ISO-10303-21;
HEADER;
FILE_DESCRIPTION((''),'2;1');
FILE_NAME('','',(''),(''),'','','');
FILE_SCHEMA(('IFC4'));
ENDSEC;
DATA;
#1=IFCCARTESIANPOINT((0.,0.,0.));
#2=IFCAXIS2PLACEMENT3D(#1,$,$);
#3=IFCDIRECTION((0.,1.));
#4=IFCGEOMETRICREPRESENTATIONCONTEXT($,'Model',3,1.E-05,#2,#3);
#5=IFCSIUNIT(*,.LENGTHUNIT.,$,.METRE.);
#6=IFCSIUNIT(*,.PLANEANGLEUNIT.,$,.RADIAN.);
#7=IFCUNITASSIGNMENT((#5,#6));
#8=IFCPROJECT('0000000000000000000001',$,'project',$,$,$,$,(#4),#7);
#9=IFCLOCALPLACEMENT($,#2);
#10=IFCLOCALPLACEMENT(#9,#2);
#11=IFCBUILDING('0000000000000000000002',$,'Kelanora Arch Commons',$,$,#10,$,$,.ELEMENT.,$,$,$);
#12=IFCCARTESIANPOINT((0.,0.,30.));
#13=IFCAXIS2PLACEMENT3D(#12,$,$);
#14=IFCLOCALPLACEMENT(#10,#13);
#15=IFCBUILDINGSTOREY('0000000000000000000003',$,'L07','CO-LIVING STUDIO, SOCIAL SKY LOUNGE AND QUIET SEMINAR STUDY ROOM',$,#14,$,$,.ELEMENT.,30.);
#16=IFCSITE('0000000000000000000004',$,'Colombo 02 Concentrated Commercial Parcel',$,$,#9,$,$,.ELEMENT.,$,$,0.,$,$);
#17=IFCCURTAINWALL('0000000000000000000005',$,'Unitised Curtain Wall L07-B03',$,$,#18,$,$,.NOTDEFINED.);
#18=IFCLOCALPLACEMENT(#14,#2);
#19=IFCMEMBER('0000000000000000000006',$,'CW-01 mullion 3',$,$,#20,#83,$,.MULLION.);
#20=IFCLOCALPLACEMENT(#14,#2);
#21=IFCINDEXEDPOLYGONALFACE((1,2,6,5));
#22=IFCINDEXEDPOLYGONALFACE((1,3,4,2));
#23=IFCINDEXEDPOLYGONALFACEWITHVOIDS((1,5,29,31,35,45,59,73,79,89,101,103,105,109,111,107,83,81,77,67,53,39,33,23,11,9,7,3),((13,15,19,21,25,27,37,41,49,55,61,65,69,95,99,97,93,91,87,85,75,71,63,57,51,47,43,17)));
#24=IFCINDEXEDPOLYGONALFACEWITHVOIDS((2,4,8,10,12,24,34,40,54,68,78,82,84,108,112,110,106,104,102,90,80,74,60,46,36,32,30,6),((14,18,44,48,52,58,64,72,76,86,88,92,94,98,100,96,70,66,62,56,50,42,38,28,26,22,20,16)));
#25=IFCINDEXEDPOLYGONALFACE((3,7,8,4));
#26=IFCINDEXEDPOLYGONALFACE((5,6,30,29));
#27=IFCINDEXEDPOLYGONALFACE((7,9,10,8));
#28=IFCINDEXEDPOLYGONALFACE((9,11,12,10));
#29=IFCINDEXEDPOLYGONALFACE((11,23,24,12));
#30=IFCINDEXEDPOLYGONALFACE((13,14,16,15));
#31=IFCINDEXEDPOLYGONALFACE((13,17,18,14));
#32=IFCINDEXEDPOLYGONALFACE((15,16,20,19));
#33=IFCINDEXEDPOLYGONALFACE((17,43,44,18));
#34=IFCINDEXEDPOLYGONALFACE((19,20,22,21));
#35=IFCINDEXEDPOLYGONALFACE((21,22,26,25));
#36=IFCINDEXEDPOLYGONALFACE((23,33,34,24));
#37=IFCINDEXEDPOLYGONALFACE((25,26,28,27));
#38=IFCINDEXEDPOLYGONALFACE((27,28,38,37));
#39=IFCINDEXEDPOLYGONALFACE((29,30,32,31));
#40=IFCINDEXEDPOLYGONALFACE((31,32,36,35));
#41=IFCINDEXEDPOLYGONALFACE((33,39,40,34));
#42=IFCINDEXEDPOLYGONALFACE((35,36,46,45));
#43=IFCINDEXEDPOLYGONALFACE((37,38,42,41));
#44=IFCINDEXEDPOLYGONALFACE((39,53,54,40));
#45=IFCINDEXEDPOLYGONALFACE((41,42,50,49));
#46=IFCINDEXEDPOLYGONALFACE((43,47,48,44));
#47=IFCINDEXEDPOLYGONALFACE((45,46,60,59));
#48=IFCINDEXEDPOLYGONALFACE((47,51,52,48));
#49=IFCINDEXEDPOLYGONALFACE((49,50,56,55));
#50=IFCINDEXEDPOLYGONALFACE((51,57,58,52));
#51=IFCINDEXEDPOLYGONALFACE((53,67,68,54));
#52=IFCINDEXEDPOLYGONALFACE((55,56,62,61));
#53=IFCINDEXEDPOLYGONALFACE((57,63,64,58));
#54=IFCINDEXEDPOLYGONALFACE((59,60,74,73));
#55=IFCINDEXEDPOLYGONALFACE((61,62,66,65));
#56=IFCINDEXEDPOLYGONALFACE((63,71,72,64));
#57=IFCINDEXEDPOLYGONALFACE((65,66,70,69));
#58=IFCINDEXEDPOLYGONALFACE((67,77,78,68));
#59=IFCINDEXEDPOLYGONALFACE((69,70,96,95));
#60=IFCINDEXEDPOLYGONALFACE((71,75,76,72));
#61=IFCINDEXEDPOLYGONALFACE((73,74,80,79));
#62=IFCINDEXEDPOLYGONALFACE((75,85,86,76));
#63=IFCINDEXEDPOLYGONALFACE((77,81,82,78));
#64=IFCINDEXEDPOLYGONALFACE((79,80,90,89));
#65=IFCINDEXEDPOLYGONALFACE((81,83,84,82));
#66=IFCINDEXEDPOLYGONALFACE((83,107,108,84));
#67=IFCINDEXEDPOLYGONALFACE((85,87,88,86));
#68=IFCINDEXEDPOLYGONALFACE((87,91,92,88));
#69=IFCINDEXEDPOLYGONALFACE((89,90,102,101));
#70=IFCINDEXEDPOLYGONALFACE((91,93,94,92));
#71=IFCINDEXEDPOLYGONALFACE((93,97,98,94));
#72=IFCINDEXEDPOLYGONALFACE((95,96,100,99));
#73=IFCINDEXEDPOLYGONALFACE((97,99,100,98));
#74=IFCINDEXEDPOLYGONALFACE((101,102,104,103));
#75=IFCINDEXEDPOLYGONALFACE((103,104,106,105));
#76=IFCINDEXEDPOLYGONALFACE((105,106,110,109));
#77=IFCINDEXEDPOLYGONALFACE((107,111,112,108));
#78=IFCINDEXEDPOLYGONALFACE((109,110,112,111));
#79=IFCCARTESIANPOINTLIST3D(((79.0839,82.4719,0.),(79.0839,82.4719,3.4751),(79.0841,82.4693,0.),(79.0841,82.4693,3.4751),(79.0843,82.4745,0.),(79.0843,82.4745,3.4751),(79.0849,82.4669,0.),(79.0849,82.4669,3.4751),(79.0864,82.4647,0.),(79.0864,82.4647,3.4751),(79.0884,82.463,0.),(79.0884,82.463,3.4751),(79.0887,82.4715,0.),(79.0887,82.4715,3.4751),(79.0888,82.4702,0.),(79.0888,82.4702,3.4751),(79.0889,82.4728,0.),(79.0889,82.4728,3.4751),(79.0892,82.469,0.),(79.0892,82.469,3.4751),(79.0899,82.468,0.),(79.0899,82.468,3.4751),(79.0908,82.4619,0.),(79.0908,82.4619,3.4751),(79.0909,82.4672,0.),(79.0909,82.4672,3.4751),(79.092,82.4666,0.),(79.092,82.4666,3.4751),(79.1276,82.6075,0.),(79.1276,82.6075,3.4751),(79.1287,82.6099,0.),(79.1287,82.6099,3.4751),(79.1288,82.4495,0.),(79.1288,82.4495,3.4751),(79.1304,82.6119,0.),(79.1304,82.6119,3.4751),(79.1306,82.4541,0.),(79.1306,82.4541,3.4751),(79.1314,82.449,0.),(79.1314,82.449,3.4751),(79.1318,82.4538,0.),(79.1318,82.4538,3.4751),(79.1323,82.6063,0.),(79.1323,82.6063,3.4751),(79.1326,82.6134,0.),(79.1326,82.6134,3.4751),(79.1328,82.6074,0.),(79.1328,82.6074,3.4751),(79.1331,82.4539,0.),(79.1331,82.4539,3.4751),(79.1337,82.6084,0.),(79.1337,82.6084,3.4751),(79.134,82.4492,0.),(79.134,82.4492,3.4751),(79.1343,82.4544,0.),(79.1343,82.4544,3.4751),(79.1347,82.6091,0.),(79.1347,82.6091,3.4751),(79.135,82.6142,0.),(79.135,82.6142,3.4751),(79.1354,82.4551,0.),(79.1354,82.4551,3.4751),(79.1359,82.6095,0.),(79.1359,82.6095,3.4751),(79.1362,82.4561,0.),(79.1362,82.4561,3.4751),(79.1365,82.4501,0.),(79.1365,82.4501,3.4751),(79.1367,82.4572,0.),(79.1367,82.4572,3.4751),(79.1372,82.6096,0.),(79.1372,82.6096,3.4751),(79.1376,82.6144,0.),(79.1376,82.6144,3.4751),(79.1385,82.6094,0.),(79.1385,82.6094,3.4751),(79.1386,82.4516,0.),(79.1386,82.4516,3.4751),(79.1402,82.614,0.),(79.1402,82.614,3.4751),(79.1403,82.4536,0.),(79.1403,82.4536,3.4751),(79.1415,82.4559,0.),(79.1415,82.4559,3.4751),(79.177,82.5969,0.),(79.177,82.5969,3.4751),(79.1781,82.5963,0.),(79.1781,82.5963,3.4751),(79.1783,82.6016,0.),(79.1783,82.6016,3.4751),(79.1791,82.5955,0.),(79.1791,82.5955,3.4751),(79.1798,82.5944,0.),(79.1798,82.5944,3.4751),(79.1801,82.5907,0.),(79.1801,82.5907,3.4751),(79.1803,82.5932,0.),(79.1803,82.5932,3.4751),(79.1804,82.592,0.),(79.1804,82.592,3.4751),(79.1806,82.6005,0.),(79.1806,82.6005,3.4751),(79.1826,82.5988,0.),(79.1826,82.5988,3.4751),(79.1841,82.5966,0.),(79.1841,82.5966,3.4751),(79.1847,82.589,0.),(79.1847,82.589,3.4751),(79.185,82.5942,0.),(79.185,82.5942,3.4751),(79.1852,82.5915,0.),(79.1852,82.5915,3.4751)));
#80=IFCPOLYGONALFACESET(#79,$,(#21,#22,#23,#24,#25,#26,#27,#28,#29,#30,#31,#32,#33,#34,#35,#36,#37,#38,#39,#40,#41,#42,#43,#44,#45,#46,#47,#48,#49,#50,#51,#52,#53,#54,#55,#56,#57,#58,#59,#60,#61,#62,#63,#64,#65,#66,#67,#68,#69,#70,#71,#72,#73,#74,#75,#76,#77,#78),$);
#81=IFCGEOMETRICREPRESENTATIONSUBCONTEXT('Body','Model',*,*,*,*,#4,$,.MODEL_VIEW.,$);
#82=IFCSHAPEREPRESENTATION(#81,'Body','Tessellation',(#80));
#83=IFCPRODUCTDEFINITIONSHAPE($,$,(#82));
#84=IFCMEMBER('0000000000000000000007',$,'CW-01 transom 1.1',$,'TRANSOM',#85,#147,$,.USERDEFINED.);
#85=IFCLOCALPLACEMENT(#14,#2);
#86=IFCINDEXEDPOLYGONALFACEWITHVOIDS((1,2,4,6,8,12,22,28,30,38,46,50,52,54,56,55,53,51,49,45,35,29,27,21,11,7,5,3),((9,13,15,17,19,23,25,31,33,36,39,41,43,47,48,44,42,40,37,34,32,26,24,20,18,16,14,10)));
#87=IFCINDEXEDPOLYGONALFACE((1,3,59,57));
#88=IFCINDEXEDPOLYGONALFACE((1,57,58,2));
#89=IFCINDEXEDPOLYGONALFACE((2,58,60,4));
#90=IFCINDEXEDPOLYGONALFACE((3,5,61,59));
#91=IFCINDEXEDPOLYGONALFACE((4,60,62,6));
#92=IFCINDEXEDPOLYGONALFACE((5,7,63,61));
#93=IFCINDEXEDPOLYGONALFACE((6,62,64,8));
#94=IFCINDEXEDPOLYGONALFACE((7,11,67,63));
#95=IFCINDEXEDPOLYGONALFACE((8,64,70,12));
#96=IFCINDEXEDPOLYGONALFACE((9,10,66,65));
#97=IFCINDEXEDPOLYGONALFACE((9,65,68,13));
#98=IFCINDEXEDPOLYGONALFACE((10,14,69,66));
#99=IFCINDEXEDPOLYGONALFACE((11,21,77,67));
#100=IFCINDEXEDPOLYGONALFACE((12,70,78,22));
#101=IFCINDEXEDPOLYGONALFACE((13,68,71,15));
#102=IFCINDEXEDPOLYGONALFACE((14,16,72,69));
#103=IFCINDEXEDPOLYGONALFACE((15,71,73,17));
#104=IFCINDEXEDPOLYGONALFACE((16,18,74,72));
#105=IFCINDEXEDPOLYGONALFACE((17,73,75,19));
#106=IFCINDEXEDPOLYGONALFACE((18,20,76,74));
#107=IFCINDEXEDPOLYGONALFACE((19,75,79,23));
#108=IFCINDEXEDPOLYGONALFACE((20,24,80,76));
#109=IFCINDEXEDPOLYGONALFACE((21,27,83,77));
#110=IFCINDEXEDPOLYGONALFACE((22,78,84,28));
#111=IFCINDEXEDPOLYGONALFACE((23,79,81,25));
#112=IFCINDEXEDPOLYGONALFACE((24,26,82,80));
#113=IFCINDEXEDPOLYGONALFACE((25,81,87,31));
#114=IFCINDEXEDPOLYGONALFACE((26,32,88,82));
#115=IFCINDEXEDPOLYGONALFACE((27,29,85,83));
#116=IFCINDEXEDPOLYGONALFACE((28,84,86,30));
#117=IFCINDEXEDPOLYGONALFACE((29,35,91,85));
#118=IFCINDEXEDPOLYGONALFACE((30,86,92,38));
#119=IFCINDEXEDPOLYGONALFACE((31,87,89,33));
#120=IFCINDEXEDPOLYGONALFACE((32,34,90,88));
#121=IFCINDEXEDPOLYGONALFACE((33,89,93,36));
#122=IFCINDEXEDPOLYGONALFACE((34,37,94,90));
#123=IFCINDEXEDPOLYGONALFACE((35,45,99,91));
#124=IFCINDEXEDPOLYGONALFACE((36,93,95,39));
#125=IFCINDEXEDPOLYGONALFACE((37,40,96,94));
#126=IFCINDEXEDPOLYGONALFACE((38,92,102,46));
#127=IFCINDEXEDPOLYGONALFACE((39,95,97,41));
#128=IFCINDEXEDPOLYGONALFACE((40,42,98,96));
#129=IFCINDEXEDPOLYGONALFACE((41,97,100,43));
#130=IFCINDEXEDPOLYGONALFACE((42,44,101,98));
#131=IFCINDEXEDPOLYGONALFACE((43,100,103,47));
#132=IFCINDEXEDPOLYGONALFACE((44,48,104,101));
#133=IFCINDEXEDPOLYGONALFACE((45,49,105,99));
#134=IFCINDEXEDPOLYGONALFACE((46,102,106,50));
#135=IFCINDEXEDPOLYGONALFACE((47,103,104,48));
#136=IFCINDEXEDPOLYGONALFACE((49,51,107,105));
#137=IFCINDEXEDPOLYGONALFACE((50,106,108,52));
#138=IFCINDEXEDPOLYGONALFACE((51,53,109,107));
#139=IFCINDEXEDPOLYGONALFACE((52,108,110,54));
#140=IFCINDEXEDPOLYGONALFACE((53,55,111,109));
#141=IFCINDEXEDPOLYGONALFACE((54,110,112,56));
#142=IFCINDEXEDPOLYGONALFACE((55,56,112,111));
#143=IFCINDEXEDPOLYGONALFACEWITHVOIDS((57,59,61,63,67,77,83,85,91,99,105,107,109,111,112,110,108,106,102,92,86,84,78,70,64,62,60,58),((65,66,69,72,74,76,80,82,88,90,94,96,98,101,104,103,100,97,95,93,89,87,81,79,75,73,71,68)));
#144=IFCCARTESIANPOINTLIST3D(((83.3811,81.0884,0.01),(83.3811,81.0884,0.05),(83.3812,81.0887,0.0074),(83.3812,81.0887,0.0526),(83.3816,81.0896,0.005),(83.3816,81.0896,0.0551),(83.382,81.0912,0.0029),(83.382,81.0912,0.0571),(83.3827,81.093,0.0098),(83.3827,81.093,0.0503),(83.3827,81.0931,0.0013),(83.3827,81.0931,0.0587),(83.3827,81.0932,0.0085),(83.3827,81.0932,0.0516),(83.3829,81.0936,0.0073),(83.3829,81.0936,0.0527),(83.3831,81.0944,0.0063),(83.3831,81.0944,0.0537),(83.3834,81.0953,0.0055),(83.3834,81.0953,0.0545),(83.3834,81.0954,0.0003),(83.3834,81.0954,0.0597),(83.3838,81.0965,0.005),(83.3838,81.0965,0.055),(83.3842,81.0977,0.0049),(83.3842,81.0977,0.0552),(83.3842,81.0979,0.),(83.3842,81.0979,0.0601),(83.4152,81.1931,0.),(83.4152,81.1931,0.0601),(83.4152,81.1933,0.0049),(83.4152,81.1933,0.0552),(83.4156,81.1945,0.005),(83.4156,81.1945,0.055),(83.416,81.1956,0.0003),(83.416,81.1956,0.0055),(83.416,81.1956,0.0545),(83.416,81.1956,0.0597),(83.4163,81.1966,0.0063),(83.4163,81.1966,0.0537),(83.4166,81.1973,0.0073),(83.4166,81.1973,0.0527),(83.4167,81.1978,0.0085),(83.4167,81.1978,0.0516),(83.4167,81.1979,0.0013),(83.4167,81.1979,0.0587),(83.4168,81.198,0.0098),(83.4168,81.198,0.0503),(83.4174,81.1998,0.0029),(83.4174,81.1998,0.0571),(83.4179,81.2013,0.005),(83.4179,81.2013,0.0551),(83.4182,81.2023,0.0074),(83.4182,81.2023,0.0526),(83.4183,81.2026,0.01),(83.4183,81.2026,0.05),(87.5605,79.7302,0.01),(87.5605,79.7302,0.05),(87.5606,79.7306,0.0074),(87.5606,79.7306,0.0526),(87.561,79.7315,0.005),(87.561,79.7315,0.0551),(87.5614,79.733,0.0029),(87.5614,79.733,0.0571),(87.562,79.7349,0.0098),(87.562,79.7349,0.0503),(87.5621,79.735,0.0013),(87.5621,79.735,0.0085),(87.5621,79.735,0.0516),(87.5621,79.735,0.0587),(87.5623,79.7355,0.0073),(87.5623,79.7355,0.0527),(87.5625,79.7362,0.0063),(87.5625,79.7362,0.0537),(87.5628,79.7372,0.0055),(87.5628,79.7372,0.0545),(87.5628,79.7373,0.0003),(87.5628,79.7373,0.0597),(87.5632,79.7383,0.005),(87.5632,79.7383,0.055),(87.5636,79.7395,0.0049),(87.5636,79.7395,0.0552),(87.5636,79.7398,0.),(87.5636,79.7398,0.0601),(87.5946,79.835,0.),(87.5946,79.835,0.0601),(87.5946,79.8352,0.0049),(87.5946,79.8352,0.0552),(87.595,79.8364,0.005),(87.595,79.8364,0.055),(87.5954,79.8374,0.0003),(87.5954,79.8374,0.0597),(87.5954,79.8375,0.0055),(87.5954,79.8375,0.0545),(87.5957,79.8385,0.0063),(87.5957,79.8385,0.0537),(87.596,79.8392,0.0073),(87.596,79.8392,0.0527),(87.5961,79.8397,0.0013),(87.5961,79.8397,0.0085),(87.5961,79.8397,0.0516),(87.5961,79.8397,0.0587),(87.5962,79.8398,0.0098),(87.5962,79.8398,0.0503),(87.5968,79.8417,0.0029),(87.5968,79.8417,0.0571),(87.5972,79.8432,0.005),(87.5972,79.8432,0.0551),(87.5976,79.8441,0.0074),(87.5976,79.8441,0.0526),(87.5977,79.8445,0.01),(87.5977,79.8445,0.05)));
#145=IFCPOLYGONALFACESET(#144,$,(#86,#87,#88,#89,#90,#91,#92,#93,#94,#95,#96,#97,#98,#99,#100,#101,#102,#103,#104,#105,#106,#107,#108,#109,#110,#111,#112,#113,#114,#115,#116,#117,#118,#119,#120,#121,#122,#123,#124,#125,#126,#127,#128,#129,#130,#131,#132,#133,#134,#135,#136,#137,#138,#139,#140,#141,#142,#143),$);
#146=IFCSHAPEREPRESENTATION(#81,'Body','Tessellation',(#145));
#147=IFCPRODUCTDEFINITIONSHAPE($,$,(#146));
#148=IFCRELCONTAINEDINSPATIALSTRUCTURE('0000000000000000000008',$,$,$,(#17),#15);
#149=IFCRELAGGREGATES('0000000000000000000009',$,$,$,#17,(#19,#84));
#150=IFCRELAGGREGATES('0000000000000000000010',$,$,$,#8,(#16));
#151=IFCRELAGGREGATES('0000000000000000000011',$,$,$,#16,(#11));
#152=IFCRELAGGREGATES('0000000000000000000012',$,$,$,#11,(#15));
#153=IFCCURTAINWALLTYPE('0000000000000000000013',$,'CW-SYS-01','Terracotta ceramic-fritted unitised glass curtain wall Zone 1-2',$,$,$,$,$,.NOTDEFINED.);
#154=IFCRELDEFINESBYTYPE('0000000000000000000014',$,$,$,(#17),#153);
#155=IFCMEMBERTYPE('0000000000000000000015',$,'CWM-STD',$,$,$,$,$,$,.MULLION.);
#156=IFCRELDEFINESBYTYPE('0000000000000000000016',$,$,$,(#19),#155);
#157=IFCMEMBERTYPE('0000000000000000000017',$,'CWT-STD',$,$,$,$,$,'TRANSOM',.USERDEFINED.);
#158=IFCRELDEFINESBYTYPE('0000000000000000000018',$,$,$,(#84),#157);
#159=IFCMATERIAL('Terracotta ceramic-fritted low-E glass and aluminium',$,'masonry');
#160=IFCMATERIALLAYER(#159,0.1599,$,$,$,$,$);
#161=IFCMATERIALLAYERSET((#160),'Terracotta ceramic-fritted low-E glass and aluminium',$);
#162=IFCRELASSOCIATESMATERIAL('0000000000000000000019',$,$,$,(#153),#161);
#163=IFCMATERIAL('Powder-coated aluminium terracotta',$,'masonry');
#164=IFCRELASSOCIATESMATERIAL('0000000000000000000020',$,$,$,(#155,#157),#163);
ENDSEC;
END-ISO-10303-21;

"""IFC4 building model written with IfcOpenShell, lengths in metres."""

from ifc_helpers import new_model, si_unit, direction, frame, origin, origin_2d, place, context, subcontext, project, spatial, hollow_rectangle, extrude, material, layer, layer_set, material_profile, profile_set, type_object, element, aggregate, save


model = new_model("IFC4")

# Units and contexts
model_context = context("Model", 3, precision=1e-05, world=origin(), true_north=direction((0.0, 1.0)))
body_context = subcontext(model_context, "Body", "Model", "MODEL_VIEW")
ifc_project = project(units=[si_unit("LENGTHUNIT", "METRE"), si_unit("PLANEANGLEUNIT", "RADIAN")], contexts=[model_context])

# Site, building, storey
site_placement = place(None, origin())
site = spatial("IfcSite", under=ifc_project, at=site_placement, Name="Colombo 02 Concentrated Commercial Parcel", CompositionType="ELEMENT", RefElevation=0.0)
building_placement = place(site_placement, origin())
building = spatial("IfcBuilding", under=site, at=building_placement, Name="Kelanora Arch Commons", CompositionType="ELEMENT")
storey_placement = place(building_placement, frame((0.0, 0.0, 30.0)))
storey = spatial("IfcBuildingStorey", under=building, at=storey_placement, Name="L07", Description="CO-LIVING STUDIO, SOCIAL SKY LOUNGE AND QUIET SEMINAR STUDY ROOM", CompositionType="ELEMENT", Elevation=30.0)

# Curtain wall, members
ifc_material_1 = material(Name="Terracotta ceramic-fritted low-E glass and aluminium", Category="masonry")
ifc_layer_1 = layer(ifc_material_1, 0.1599)
ifc_layer_set_1 = layer_set([ifc_layer_1], Name="Terracotta ceramic-fritted low-E glass and aluminium")
curtain_wall_type = type_object("IfcCurtainWallType", Name="CW-SYS-01", Description="Terracotta ceramic-fritted unitised glass curtain wall Zone 1-2", PredefinedType="NOTDEFINED", material=ifc_layer_set_1)
curtain_wall_placement = place(storey_placement, origin())
curtain_wall = element("IfcCurtainWall", 1, at=curtain_wall_placement, inside=storey, type_object=curtain_wall_type, Name="Unitised Curtain Wall L07-B03", PredefinedType="NOTDEFINED")
ifc_material_2 = material(Name="Powder-coated aluminium terracotta", Category="masonry")
ifc_material_profile_1 = material_profile(ifc_material_2, hollow_rectangle(XDim=0.1599, YDim=0.0601, WallThickness=0.0049, InnerFilletRadius=0.0049, OuterFilletRadius=0.01, at=origin_2d()), Name="CWM160x60")
ifc_profile_set_1 = profile_set([ifc_material_profile_1], Name="Powder-coated aluminium terracotta")
member_type_1 = type_object("IfcMemberType", Name="CWM-STD", PredefinedType="MULLION", material=ifc_profile_set_1)
member_1_placement = place(storey_placement, frame((79.1345, 82.5317, 0.0), z_axis=(0.0, 0.0, 1.0), x_axis=(-0.309058, -0.951043, 0.0)))
member_1 = element("IfcMember", 2, at=member_1_placement, type_object=member_type_1, Name="CW-01 mullion 3", PredefinedType="MULLION", context=body_context, shape_type="SweptSolid", body=[
    extrude(hollow_rectangle(XDim=0.1599, YDim=0.0601, WallThickness=0.0049, InnerFilletRadius=0.0049, OuterFilletRadius=0.01, at=origin_2d()), origin(), (0.0, 0.0, 1.0), 3.4751),
])
ifc_material_profile_2 = material_profile(ifc_material_2, hollow_rectangle(XDim=0.1201, YDim=0.0601, WallThickness=0.0049, InnerFilletRadius=0.0049, OuterFilletRadius=0.01, at=origin_2d()), Name="CWT120x60")
ifc_profile_set_2 = profile_set([ifc_material_profile_2], Name="Powder-coated aluminium terracotta")
member_type_2 = type_object("IfcMemberType", Name="CWT-STD", ElementType="TRANSOM", PredefinedType="USERDEFINED", material=ifc_profile_set_2)
member_2_placement = place(storey_placement, frame((87.5791, 79.7874, 0.03), z_axis=(-0.951045, 0.309052, 0.0), x_axis=(-0.309052, -0.951045, 0.0)))
member_2 = element("IfcMember", 3, at=member_2_placement, type_object=member_type_2, Name="CW-01 transom 1.1", ObjectType="TRANSOM", PredefinedType="USERDEFINED", context=body_context, shape_type="SweptSolid", body=[
    extrude(hollow_rectangle(XDim=0.1201, YDim=0.0601, WallThickness=0.0049, InnerFilletRadius=0.0049, OuterFilletRadius=0.01, at=origin_2d()), origin(), (0.0, 0.0, 1.0), 4.3945),
])
aggregate(curtain_wall, [member_1, member_2])

save(model, "model.ifc")
